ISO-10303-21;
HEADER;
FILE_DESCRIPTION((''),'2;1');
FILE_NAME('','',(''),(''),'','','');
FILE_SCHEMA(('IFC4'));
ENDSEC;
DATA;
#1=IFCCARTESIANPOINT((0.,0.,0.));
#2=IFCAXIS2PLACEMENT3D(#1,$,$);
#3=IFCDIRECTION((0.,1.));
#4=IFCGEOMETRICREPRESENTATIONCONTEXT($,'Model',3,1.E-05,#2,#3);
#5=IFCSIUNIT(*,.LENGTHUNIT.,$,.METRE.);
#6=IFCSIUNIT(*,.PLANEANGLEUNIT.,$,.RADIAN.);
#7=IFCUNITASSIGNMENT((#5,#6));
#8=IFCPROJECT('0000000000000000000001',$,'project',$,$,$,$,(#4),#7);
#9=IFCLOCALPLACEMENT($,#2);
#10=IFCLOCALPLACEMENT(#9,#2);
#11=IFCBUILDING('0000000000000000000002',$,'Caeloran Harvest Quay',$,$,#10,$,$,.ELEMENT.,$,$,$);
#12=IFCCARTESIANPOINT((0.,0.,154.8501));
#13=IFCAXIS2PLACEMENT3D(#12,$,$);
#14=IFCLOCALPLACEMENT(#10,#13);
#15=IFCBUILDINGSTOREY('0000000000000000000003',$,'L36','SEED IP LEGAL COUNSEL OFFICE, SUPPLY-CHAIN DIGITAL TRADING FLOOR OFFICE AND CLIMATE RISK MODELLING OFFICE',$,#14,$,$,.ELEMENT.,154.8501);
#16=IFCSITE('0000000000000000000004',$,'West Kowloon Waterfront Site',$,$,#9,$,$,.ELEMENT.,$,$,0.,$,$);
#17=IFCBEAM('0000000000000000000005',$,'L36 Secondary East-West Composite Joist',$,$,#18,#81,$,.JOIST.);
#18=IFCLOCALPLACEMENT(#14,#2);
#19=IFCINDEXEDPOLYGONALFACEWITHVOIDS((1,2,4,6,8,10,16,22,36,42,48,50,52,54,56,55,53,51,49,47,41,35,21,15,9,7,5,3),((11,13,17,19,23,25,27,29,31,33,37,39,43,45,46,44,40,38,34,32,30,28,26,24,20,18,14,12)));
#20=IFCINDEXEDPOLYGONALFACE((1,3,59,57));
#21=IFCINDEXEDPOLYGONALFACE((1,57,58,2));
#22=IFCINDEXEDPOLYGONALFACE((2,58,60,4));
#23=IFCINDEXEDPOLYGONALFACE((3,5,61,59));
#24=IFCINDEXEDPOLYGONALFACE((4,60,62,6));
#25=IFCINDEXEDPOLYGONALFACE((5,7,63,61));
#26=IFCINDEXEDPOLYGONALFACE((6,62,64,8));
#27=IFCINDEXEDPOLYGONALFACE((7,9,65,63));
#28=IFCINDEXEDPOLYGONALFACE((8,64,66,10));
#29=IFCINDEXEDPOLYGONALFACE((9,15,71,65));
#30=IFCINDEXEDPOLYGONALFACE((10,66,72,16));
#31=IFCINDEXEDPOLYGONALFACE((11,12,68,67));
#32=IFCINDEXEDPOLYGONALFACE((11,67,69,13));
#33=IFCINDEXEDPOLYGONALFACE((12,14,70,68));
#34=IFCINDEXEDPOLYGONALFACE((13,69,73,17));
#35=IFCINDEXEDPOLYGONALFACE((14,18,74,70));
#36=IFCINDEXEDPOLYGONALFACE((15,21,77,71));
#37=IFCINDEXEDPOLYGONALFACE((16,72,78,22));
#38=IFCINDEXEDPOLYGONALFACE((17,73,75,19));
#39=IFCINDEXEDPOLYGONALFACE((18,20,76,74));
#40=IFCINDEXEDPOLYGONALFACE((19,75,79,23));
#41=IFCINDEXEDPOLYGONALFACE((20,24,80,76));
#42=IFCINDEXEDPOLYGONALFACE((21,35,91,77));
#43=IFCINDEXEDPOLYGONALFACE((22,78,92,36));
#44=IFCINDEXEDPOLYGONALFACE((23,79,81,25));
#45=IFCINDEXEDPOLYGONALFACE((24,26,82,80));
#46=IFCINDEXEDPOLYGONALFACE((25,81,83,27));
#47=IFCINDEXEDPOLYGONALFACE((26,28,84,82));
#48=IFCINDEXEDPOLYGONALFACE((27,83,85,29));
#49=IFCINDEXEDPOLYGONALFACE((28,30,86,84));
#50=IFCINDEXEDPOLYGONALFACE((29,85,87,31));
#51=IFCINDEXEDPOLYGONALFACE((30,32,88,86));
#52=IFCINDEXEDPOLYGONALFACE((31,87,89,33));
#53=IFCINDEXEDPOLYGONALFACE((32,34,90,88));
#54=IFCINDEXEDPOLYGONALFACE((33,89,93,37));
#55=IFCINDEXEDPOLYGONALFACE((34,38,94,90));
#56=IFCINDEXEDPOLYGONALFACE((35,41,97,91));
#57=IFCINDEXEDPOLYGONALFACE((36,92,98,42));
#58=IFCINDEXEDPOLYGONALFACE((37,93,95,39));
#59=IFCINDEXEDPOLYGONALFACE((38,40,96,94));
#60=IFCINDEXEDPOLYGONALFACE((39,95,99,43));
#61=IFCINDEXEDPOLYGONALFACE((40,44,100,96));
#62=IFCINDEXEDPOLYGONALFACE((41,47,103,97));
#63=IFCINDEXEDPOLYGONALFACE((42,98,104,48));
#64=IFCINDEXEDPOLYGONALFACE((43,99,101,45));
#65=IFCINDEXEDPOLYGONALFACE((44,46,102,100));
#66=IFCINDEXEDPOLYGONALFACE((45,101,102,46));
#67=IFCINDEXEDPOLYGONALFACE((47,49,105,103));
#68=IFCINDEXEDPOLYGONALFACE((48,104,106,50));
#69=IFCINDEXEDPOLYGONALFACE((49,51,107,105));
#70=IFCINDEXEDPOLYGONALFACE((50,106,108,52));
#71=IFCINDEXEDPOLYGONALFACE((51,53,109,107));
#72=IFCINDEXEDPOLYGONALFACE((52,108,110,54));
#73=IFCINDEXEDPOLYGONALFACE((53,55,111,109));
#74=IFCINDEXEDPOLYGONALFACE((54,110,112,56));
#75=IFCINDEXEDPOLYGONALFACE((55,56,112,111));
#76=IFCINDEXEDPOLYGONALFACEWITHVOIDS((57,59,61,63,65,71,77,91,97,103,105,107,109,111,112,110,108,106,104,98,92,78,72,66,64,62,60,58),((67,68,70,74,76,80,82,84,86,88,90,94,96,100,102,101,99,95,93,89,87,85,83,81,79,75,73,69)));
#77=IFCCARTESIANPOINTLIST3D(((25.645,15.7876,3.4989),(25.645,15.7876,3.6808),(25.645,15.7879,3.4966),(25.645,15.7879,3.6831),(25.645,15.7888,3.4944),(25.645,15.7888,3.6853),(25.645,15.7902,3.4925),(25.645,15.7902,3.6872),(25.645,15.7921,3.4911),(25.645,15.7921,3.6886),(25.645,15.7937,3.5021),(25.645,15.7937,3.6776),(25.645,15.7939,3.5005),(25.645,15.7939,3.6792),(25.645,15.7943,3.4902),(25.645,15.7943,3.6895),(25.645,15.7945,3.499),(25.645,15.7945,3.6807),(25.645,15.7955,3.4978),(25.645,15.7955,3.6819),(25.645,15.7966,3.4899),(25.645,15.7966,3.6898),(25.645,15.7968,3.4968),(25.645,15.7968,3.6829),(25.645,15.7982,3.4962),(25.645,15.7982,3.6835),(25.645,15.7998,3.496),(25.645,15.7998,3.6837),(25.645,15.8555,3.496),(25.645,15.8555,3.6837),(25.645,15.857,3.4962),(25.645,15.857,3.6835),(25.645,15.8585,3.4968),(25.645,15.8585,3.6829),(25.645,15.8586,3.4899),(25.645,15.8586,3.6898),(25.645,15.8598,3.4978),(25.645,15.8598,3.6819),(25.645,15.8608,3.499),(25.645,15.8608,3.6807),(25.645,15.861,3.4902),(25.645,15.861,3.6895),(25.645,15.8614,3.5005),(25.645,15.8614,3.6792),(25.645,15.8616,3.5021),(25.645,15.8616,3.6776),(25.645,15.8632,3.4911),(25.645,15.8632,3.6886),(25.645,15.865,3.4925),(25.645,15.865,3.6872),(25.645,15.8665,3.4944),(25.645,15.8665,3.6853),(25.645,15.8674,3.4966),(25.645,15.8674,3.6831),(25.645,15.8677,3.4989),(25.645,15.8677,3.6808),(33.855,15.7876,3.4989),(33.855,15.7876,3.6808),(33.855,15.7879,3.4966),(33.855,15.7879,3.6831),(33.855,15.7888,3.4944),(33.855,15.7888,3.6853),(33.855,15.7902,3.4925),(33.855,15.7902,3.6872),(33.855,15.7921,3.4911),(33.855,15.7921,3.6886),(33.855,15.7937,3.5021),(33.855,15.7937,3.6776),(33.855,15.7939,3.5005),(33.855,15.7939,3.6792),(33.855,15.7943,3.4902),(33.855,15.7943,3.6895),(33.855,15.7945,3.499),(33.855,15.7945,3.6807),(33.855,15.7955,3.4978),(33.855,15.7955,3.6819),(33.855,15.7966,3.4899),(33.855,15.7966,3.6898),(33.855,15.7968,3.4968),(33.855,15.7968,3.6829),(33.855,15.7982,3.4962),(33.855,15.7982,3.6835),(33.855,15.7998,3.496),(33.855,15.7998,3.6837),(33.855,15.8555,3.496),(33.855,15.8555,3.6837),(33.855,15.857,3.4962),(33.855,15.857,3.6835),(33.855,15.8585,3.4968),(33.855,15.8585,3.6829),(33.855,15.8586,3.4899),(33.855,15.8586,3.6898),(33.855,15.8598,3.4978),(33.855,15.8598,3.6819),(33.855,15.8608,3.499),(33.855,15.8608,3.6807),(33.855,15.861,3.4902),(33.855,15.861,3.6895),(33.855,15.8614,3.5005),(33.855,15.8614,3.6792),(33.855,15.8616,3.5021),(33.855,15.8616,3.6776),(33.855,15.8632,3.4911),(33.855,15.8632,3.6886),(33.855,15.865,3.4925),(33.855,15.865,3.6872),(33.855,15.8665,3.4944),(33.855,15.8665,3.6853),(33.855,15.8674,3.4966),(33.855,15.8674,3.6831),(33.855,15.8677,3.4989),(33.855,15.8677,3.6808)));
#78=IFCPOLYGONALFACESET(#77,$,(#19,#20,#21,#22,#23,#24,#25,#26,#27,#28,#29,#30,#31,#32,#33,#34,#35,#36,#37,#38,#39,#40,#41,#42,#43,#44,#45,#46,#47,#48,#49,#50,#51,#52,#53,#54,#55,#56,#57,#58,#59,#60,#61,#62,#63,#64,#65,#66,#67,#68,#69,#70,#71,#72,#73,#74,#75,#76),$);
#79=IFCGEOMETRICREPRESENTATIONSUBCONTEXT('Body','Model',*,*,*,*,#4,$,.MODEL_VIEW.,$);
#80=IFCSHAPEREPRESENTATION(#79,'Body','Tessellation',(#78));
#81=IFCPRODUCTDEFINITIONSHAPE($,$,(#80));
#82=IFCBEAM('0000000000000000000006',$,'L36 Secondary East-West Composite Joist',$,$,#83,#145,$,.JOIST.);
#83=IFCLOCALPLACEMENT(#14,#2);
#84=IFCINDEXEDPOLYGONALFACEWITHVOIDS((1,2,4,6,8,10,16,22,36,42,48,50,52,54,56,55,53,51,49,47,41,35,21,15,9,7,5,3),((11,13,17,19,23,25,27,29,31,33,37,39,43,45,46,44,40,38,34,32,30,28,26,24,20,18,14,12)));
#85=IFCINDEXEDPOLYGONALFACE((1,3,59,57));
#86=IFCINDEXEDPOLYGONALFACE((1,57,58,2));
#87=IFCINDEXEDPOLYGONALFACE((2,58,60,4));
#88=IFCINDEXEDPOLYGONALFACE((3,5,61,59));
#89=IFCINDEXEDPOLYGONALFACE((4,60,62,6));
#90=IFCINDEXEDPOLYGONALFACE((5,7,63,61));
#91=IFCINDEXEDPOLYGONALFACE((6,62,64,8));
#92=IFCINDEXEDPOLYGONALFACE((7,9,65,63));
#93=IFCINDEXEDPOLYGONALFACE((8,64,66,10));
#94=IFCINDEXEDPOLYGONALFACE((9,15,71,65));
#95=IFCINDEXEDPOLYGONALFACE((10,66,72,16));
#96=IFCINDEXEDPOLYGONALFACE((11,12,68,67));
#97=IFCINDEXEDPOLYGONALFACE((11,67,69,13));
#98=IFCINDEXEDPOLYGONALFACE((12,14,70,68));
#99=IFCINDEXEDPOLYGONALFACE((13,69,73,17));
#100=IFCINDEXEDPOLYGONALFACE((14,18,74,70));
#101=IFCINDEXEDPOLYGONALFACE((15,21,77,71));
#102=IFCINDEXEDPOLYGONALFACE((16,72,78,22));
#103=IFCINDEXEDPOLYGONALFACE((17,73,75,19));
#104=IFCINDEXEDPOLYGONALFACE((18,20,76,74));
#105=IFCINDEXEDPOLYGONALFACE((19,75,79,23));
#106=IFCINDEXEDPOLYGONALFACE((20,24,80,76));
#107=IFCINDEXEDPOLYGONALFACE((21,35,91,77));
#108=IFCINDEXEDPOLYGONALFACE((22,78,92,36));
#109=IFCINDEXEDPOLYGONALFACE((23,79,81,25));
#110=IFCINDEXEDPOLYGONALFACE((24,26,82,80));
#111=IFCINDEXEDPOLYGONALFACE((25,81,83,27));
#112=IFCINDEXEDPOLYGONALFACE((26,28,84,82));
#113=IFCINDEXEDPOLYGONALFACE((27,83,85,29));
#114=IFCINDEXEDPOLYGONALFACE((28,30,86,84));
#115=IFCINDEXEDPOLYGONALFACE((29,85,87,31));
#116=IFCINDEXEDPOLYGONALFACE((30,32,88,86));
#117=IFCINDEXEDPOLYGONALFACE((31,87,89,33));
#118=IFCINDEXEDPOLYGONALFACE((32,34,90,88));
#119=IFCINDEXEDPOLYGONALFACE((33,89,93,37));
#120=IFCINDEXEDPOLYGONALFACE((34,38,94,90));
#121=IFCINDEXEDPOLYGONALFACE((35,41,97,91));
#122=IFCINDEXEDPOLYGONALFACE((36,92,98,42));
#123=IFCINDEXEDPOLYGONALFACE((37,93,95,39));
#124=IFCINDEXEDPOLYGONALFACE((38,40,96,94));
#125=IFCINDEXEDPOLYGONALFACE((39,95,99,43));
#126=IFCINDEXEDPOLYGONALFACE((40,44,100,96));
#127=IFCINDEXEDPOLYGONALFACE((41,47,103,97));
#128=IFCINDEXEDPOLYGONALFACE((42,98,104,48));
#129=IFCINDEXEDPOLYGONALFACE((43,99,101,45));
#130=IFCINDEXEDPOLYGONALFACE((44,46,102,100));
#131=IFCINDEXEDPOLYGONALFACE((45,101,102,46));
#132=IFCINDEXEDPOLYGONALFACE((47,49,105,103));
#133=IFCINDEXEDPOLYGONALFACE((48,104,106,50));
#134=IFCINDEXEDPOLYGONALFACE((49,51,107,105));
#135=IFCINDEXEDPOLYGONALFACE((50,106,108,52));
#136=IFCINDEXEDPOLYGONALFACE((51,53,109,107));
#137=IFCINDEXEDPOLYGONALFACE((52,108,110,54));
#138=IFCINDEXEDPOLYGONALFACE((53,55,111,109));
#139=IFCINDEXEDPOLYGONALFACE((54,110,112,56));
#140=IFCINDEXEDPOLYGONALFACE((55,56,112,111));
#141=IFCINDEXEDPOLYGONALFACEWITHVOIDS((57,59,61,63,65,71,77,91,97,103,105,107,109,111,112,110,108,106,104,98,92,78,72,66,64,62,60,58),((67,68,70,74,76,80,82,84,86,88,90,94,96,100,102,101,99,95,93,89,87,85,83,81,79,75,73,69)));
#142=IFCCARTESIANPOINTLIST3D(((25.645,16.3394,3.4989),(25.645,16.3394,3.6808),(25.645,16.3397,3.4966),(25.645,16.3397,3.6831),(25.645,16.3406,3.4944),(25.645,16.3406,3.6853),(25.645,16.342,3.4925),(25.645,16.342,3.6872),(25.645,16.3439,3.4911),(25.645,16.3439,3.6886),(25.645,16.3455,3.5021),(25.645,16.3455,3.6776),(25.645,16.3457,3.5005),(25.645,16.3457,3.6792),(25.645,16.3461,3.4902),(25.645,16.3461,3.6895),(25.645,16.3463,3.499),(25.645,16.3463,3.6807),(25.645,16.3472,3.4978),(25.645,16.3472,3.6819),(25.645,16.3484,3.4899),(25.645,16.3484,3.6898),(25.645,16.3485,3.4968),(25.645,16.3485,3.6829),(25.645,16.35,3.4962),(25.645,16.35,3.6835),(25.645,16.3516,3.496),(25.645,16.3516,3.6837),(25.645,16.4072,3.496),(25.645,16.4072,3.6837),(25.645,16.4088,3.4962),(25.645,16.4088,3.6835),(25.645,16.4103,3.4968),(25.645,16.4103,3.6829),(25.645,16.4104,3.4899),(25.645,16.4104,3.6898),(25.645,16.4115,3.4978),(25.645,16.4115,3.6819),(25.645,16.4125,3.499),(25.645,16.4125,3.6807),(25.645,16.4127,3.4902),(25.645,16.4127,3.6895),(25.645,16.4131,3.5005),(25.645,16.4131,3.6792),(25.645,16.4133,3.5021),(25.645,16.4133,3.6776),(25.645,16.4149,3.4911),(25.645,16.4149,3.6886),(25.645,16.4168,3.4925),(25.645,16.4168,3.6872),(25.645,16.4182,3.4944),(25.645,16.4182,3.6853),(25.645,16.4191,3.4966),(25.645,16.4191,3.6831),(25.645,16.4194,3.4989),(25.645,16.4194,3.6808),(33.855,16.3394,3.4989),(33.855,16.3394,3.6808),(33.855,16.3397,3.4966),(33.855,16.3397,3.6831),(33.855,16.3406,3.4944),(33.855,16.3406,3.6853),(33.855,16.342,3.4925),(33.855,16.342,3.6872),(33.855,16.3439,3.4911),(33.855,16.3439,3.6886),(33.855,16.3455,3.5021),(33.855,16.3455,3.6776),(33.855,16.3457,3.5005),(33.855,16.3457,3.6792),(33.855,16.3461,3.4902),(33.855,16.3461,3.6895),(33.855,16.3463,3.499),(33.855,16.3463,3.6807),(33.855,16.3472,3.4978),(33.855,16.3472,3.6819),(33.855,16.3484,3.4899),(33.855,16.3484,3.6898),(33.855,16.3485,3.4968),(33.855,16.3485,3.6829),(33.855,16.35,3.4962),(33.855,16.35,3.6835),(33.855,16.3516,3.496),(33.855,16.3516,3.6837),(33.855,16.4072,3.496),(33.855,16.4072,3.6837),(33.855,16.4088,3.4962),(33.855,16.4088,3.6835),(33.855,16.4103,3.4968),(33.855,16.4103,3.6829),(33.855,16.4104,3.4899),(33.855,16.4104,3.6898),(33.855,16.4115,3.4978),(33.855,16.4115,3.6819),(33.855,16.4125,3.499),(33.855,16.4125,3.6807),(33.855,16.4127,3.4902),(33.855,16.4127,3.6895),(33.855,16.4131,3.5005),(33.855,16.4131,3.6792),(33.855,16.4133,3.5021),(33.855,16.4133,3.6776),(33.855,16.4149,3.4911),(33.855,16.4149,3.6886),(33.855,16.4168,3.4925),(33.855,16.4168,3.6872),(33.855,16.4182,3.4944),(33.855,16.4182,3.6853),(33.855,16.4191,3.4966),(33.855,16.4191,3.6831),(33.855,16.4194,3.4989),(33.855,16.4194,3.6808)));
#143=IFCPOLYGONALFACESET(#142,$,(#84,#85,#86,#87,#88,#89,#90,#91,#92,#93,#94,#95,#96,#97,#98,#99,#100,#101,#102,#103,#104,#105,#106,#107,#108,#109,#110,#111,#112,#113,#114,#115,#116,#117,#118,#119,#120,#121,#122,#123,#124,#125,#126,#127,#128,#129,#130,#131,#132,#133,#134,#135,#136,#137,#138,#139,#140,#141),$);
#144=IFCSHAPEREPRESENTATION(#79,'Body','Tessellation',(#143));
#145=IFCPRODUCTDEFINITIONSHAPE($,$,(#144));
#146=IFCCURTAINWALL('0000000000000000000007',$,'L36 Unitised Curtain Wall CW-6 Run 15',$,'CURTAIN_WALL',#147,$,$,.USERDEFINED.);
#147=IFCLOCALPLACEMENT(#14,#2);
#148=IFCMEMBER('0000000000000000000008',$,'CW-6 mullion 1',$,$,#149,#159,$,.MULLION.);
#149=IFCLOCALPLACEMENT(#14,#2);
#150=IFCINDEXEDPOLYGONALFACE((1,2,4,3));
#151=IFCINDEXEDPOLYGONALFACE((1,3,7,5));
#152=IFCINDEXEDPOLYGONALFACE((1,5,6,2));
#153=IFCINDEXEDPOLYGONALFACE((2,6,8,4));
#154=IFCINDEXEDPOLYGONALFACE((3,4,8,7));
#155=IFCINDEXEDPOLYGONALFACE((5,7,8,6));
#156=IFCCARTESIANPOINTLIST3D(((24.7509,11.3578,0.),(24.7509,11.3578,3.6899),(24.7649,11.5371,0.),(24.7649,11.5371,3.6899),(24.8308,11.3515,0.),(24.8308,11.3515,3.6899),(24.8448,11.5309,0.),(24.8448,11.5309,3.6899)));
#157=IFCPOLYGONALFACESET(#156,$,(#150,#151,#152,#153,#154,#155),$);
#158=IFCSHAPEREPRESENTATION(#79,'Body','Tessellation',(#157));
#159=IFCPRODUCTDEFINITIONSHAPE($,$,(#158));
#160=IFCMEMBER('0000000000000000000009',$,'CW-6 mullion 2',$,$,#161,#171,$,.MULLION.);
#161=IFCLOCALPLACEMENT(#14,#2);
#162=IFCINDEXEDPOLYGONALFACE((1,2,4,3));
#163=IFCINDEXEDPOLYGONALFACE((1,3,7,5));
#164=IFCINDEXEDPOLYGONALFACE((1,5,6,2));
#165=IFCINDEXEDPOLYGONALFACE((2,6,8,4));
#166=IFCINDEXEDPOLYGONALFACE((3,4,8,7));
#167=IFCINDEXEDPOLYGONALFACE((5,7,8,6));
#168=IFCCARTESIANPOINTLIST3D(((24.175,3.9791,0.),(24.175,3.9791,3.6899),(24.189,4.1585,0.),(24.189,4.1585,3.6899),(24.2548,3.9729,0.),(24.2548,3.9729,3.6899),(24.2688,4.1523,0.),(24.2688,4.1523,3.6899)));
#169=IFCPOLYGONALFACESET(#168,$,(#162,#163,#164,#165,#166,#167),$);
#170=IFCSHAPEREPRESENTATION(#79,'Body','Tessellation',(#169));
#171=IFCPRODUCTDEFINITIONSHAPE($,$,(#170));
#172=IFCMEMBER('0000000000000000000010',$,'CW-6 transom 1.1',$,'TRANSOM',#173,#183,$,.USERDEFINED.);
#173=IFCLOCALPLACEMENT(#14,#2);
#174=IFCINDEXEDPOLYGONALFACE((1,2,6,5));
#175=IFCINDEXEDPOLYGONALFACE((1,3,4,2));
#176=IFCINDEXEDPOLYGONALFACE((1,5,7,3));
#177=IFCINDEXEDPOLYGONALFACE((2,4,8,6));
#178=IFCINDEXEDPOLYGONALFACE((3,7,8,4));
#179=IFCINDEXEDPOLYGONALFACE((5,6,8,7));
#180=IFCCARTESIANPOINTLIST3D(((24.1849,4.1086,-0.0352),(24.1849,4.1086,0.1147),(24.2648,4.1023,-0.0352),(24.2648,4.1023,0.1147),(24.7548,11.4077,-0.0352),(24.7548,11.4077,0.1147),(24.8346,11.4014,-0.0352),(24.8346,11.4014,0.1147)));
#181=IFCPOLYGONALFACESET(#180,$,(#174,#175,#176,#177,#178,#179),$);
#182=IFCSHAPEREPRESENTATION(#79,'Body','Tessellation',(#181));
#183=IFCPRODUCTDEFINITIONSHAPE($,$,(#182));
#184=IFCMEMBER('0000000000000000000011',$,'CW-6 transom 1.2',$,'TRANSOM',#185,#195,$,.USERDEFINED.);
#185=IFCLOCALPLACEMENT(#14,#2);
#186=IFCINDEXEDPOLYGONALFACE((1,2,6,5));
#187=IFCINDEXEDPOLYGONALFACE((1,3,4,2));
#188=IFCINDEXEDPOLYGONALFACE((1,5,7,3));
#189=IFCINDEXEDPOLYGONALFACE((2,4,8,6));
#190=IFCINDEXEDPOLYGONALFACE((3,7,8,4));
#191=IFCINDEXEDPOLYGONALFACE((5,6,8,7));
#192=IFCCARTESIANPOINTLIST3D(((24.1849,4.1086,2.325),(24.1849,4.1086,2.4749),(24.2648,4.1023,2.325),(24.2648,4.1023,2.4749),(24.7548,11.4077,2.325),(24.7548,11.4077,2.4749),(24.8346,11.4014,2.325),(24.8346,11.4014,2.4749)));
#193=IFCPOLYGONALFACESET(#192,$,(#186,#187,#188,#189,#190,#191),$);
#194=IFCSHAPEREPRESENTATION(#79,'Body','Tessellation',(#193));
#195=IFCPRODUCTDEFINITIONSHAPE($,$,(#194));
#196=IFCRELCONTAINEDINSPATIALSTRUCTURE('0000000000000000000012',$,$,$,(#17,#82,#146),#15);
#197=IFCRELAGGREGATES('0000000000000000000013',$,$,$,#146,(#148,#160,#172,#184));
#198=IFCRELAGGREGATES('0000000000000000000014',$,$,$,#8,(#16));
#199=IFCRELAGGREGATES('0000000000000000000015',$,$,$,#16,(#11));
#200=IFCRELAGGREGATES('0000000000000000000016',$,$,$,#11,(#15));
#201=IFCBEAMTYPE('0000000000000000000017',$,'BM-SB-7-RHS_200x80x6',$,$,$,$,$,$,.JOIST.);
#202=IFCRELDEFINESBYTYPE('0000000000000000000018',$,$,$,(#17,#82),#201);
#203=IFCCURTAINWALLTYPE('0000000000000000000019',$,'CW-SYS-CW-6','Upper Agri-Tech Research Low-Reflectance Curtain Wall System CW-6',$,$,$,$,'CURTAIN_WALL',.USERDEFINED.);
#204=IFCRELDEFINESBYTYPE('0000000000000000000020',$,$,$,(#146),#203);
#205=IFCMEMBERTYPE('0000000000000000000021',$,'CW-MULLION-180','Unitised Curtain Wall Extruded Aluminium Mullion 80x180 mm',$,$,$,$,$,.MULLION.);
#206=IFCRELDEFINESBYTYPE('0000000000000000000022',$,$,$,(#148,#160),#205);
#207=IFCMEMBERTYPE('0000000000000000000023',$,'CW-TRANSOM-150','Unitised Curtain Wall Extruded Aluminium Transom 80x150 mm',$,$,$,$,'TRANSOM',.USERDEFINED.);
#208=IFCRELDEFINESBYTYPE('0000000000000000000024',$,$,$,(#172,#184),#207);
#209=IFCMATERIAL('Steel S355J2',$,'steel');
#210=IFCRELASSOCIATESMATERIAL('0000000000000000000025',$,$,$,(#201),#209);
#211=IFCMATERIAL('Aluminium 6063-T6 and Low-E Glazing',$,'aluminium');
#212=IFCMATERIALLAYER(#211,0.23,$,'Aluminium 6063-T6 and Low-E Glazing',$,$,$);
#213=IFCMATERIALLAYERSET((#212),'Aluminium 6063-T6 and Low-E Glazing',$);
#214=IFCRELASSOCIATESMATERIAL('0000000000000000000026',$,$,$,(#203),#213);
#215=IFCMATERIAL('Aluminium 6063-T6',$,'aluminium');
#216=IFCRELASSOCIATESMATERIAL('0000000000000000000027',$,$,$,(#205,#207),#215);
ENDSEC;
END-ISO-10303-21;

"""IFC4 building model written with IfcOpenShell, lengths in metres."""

from ifc_helpers import new_model, si_unit, direction, frame, origin, origin_2d, place, context, subcontext, project, spatial, rectangle, hollow_rectangle, extrude, material, layer, layer_set, material_profile, profile_set, type_object, element, aggregate, save


model = new_model("IFC4")

# Units and contexts
model_context = context("Model", 3, precision=1e-05, world=origin(), true_north=direction((0.0, 1.0)))
body_context = subcontext(model_context, "Body", "Model", "MODEL_VIEW")
ifc_project = project(units=[si_unit("LENGTHUNIT", "METRE"), si_unit("PLANEANGLEUNIT", "RADIAN")], contexts=[model_context])

# Site, building, storey
site_placement = place(None, origin())
site = spatial("IfcSite", under=ifc_project, at=site_placement, Name="West Kowloon Waterfront Site", CompositionType="ELEMENT", RefElevation=0.0)
building_placement = place(site_placement, origin())
building = spatial("IfcBuilding", under=site, at=building_placement, Name="Caeloran Harvest Quay", CompositionType="ELEMENT")
storey_placement = place(building_placement, frame((0.0, 0.0, 154.8501)))
storey = spatial("IfcBuildingStorey", under=building, at=storey_placement, Name="L36", Description="SEED IP LEGAL COUNSEL OFFICE, SUPPLY-CHAIN DIGITAL TRADING FLOOR OFFICE AND CLIMATE RISK MODELLING OFFICE", CompositionType="ELEMENT", Elevation=154.8501)

# Beams
ifc_material_1 = material(Name="Steel S355J2", Category="steel")
ifc_material_profile_1 = material_profile(ifc_material_1, hollow_rectangle(XDim=0.0801, YDim=0.2, WallThickness=0.0061, InnerFilletRadius=0.0061, OuterFilletRadius=0.009, at=origin_2d()), Name="RHS 200x80x6")
ifc_profile_set_1 = profile_set([ifc_material_profile_1], Name="Steel S355J2")
beam_type_1 = type_object("IfcBeamType", Name="BM-SB-7-RHS_200x80x6", PredefinedType="JOIST", material=ifc_profile_set_1)
for number, where, z_axis, x_axis, name in (
    (1, (25.645, 15.8276, 3.5898), (1.0, 0.0, 0.0), (0.0, 1.0, 0.0), "L36 Secondary East-West Composite Joist"),
    (2, (25.645, 16.3794, 3.5898), (1.0, 0.0, 0.0), (0.0, 1.0, 0.0), "L36 Secondary East-West Composite Joist"),
):
    element("IfcBeam", number, at=place(storey_placement, frame(where, z_axis=z_axis, x_axis=x_axis)), inside=storey, type_object=beam_type_1, Name=name, PredefinedType="JOIST", context=body_context, shape_type="SweptSolid", body=[
        extrude(hollow_rectangle(XDim=0.0801, YDim=0.2, WallThickness=0.0061, InnerFilletRadius=0.0061, OuterFilletRadius=0.009, at=origin_2d()), origin(), (0.0, 0.0, 1.0), 8.21),
    ])

# Curtain wall, members
ifc_material_2 = material(Name="Aluminium 6063-T6 and Low-E Glazing", Category="aluminium")
ifc_layer_1 = layer(ifc_material_2, 0.23, Name="Aluminium 6063-T6 and Low-E Glazing")
ifc_layer_set_1 = layer_set([ifc_layer_1], Name="Aluminium 6063-T6 and Low-E Glazing")
curtain_wall_type = type_object("IfcCurtainWallType", Name="CW-SYS-CW-6", Description="Upper Agri-Tech Research Low-Reflectance Curtain Wall System CW-6", ElementType="CURTAIN_WALL", PredefinedType="USERDEFINED", material=ifc_layer_set_1)
curtain_wall_placement = place(storey_placement, origin())
curtain_wall = element("IfcCurtainWall", 3, at=curtain_wall_placement, inside=storey, type_object=curtain_wall_type, Name="L36 Unitised Curtain Wall CW-6 Run 15", ObjectType="CURTAIN_WALL", PredefinedType="USERDEFINED")
ifc_material_3 = material(Name="Aluminium 6063-T6", Category="aluminium")
ifc_material_profile_2 = material_profile(ifc_material_3, rectangle(XDim=0.0801, YDim=0.1799, at=origin_2d()), Name="CW-MULLION-180")
ifc_profile_set_2 = profile_set([ifc_material_profile_2], Name="Aluminium 6063-T6")
member_type_1 = type_object("IfcMemberType", Name="CW-MULLION-180", Description="Unitised Curtain Wall Extruded Aluminium Mullion 80x180 mm", PredefinedType="MULLION", material=ifc_profile_set_2)
member_1_placement = place(storey_placement, frame((24.7979, 11.4443, 0.0), z_axis=(0.0, 0.0, 1.0), x_axis=(0.996967, -0.077822, 0.0)))
member_1 = element("IfcMember", 4, at=member_1_placement, type_object=member_type_1, Name="CW-6 mullion 1", PredefinedType="MULLION", context=body_context, shape_type="SweptSolid", body=[
    extrude(rectangle(XDim=0.0801, YDim=0.1799, at=origin_2d()), origin(), (0.0, 0.0, 1.0), 3.6899),
])
member_2_placement = place(storey_placement, frame((24.2219, 4.0657, 0.0), z_axis=(0.0, 0.0, 1.0), x_axis=(0.996967, -0.077822, 0.0)))
member_2 = element("IfcMember", 5, at=member_2_placement, type_object=member_type_1, Name="CW-6 mullion 2", PredefinedType="MULLION", context=body_context, shape_type="SweptSolid", body=[
    extrude(rectangle(XDim=0.0801, YDim=0.1799, at=origin_2d()), origin(), (0.0, 0.0, 1.0), 3.6899),
])
ifc_material_profile_3 = material_profile(ifc_material_3, rectangle(XDim=0.0801, YDim=0.1499, at=origin_2d()), Name="CW-TRANSOM-150")
ifc_profile_set_3 = profile_set([ifc_material_profile_3], Name="Aluminium 6063-T6")
member_type_2 = type_object("IfcMemberType", Name="CW-TRANSOM-150", Description="Unitised Curtain Wall Extruded Aluminium Transom 80x150 mm", ElementType="TRANSOM", PredefinedType="USERDEFINED", material=ifc_profile_set_3)
member_3_placement = place(storey_placement, frame((24.7947, 11.4045, 0.0398), z_axis=(-0.077831, -0.996967, 0.0), x_axis=(0.996967, -0.077831, 0.0)))
member_3 = element("IfcMember", 6, at=member_3_placement, type_object=member_type_2, Name="CW-6 transom 1.1", ObjectType="TRANSOM", PredefinedType="USERDEFINED", context=body_context, shape_type="SweptSolid", body=[
    extrude(rectangle(XDim=0.0801, YDim=0.1499, at=origin_2d()), origin(), (0.0, 0.0, 1.0), 7.3213),
])
member_4_placement = place(storey_placement, frame((24.7947, 11.4045, 2.3999), z_axis=(-0.077831, -0.996967, 0.0), x_axis=(0.996967, -0.077831, 0.0)))
member_4 = element("IfcMember", 7, at=member_4_placement, type_object=member_type_2, Name="CW-6 transom 1.2", ObjectType="TRANSOM", PredefinedType="USERDEFINED", context=body_context, shape_type="SweptSolid", body=[
    extrude(rectangle(XDim=0.0801, YDim=0.1499, at=origin_2d()), origin(), (0.0, 0.0, 1.0), 7.3213),
])
aggregate(curtain_wall, [member_1, member_2, member_3, member_4])

save(model, "model.ifc")
